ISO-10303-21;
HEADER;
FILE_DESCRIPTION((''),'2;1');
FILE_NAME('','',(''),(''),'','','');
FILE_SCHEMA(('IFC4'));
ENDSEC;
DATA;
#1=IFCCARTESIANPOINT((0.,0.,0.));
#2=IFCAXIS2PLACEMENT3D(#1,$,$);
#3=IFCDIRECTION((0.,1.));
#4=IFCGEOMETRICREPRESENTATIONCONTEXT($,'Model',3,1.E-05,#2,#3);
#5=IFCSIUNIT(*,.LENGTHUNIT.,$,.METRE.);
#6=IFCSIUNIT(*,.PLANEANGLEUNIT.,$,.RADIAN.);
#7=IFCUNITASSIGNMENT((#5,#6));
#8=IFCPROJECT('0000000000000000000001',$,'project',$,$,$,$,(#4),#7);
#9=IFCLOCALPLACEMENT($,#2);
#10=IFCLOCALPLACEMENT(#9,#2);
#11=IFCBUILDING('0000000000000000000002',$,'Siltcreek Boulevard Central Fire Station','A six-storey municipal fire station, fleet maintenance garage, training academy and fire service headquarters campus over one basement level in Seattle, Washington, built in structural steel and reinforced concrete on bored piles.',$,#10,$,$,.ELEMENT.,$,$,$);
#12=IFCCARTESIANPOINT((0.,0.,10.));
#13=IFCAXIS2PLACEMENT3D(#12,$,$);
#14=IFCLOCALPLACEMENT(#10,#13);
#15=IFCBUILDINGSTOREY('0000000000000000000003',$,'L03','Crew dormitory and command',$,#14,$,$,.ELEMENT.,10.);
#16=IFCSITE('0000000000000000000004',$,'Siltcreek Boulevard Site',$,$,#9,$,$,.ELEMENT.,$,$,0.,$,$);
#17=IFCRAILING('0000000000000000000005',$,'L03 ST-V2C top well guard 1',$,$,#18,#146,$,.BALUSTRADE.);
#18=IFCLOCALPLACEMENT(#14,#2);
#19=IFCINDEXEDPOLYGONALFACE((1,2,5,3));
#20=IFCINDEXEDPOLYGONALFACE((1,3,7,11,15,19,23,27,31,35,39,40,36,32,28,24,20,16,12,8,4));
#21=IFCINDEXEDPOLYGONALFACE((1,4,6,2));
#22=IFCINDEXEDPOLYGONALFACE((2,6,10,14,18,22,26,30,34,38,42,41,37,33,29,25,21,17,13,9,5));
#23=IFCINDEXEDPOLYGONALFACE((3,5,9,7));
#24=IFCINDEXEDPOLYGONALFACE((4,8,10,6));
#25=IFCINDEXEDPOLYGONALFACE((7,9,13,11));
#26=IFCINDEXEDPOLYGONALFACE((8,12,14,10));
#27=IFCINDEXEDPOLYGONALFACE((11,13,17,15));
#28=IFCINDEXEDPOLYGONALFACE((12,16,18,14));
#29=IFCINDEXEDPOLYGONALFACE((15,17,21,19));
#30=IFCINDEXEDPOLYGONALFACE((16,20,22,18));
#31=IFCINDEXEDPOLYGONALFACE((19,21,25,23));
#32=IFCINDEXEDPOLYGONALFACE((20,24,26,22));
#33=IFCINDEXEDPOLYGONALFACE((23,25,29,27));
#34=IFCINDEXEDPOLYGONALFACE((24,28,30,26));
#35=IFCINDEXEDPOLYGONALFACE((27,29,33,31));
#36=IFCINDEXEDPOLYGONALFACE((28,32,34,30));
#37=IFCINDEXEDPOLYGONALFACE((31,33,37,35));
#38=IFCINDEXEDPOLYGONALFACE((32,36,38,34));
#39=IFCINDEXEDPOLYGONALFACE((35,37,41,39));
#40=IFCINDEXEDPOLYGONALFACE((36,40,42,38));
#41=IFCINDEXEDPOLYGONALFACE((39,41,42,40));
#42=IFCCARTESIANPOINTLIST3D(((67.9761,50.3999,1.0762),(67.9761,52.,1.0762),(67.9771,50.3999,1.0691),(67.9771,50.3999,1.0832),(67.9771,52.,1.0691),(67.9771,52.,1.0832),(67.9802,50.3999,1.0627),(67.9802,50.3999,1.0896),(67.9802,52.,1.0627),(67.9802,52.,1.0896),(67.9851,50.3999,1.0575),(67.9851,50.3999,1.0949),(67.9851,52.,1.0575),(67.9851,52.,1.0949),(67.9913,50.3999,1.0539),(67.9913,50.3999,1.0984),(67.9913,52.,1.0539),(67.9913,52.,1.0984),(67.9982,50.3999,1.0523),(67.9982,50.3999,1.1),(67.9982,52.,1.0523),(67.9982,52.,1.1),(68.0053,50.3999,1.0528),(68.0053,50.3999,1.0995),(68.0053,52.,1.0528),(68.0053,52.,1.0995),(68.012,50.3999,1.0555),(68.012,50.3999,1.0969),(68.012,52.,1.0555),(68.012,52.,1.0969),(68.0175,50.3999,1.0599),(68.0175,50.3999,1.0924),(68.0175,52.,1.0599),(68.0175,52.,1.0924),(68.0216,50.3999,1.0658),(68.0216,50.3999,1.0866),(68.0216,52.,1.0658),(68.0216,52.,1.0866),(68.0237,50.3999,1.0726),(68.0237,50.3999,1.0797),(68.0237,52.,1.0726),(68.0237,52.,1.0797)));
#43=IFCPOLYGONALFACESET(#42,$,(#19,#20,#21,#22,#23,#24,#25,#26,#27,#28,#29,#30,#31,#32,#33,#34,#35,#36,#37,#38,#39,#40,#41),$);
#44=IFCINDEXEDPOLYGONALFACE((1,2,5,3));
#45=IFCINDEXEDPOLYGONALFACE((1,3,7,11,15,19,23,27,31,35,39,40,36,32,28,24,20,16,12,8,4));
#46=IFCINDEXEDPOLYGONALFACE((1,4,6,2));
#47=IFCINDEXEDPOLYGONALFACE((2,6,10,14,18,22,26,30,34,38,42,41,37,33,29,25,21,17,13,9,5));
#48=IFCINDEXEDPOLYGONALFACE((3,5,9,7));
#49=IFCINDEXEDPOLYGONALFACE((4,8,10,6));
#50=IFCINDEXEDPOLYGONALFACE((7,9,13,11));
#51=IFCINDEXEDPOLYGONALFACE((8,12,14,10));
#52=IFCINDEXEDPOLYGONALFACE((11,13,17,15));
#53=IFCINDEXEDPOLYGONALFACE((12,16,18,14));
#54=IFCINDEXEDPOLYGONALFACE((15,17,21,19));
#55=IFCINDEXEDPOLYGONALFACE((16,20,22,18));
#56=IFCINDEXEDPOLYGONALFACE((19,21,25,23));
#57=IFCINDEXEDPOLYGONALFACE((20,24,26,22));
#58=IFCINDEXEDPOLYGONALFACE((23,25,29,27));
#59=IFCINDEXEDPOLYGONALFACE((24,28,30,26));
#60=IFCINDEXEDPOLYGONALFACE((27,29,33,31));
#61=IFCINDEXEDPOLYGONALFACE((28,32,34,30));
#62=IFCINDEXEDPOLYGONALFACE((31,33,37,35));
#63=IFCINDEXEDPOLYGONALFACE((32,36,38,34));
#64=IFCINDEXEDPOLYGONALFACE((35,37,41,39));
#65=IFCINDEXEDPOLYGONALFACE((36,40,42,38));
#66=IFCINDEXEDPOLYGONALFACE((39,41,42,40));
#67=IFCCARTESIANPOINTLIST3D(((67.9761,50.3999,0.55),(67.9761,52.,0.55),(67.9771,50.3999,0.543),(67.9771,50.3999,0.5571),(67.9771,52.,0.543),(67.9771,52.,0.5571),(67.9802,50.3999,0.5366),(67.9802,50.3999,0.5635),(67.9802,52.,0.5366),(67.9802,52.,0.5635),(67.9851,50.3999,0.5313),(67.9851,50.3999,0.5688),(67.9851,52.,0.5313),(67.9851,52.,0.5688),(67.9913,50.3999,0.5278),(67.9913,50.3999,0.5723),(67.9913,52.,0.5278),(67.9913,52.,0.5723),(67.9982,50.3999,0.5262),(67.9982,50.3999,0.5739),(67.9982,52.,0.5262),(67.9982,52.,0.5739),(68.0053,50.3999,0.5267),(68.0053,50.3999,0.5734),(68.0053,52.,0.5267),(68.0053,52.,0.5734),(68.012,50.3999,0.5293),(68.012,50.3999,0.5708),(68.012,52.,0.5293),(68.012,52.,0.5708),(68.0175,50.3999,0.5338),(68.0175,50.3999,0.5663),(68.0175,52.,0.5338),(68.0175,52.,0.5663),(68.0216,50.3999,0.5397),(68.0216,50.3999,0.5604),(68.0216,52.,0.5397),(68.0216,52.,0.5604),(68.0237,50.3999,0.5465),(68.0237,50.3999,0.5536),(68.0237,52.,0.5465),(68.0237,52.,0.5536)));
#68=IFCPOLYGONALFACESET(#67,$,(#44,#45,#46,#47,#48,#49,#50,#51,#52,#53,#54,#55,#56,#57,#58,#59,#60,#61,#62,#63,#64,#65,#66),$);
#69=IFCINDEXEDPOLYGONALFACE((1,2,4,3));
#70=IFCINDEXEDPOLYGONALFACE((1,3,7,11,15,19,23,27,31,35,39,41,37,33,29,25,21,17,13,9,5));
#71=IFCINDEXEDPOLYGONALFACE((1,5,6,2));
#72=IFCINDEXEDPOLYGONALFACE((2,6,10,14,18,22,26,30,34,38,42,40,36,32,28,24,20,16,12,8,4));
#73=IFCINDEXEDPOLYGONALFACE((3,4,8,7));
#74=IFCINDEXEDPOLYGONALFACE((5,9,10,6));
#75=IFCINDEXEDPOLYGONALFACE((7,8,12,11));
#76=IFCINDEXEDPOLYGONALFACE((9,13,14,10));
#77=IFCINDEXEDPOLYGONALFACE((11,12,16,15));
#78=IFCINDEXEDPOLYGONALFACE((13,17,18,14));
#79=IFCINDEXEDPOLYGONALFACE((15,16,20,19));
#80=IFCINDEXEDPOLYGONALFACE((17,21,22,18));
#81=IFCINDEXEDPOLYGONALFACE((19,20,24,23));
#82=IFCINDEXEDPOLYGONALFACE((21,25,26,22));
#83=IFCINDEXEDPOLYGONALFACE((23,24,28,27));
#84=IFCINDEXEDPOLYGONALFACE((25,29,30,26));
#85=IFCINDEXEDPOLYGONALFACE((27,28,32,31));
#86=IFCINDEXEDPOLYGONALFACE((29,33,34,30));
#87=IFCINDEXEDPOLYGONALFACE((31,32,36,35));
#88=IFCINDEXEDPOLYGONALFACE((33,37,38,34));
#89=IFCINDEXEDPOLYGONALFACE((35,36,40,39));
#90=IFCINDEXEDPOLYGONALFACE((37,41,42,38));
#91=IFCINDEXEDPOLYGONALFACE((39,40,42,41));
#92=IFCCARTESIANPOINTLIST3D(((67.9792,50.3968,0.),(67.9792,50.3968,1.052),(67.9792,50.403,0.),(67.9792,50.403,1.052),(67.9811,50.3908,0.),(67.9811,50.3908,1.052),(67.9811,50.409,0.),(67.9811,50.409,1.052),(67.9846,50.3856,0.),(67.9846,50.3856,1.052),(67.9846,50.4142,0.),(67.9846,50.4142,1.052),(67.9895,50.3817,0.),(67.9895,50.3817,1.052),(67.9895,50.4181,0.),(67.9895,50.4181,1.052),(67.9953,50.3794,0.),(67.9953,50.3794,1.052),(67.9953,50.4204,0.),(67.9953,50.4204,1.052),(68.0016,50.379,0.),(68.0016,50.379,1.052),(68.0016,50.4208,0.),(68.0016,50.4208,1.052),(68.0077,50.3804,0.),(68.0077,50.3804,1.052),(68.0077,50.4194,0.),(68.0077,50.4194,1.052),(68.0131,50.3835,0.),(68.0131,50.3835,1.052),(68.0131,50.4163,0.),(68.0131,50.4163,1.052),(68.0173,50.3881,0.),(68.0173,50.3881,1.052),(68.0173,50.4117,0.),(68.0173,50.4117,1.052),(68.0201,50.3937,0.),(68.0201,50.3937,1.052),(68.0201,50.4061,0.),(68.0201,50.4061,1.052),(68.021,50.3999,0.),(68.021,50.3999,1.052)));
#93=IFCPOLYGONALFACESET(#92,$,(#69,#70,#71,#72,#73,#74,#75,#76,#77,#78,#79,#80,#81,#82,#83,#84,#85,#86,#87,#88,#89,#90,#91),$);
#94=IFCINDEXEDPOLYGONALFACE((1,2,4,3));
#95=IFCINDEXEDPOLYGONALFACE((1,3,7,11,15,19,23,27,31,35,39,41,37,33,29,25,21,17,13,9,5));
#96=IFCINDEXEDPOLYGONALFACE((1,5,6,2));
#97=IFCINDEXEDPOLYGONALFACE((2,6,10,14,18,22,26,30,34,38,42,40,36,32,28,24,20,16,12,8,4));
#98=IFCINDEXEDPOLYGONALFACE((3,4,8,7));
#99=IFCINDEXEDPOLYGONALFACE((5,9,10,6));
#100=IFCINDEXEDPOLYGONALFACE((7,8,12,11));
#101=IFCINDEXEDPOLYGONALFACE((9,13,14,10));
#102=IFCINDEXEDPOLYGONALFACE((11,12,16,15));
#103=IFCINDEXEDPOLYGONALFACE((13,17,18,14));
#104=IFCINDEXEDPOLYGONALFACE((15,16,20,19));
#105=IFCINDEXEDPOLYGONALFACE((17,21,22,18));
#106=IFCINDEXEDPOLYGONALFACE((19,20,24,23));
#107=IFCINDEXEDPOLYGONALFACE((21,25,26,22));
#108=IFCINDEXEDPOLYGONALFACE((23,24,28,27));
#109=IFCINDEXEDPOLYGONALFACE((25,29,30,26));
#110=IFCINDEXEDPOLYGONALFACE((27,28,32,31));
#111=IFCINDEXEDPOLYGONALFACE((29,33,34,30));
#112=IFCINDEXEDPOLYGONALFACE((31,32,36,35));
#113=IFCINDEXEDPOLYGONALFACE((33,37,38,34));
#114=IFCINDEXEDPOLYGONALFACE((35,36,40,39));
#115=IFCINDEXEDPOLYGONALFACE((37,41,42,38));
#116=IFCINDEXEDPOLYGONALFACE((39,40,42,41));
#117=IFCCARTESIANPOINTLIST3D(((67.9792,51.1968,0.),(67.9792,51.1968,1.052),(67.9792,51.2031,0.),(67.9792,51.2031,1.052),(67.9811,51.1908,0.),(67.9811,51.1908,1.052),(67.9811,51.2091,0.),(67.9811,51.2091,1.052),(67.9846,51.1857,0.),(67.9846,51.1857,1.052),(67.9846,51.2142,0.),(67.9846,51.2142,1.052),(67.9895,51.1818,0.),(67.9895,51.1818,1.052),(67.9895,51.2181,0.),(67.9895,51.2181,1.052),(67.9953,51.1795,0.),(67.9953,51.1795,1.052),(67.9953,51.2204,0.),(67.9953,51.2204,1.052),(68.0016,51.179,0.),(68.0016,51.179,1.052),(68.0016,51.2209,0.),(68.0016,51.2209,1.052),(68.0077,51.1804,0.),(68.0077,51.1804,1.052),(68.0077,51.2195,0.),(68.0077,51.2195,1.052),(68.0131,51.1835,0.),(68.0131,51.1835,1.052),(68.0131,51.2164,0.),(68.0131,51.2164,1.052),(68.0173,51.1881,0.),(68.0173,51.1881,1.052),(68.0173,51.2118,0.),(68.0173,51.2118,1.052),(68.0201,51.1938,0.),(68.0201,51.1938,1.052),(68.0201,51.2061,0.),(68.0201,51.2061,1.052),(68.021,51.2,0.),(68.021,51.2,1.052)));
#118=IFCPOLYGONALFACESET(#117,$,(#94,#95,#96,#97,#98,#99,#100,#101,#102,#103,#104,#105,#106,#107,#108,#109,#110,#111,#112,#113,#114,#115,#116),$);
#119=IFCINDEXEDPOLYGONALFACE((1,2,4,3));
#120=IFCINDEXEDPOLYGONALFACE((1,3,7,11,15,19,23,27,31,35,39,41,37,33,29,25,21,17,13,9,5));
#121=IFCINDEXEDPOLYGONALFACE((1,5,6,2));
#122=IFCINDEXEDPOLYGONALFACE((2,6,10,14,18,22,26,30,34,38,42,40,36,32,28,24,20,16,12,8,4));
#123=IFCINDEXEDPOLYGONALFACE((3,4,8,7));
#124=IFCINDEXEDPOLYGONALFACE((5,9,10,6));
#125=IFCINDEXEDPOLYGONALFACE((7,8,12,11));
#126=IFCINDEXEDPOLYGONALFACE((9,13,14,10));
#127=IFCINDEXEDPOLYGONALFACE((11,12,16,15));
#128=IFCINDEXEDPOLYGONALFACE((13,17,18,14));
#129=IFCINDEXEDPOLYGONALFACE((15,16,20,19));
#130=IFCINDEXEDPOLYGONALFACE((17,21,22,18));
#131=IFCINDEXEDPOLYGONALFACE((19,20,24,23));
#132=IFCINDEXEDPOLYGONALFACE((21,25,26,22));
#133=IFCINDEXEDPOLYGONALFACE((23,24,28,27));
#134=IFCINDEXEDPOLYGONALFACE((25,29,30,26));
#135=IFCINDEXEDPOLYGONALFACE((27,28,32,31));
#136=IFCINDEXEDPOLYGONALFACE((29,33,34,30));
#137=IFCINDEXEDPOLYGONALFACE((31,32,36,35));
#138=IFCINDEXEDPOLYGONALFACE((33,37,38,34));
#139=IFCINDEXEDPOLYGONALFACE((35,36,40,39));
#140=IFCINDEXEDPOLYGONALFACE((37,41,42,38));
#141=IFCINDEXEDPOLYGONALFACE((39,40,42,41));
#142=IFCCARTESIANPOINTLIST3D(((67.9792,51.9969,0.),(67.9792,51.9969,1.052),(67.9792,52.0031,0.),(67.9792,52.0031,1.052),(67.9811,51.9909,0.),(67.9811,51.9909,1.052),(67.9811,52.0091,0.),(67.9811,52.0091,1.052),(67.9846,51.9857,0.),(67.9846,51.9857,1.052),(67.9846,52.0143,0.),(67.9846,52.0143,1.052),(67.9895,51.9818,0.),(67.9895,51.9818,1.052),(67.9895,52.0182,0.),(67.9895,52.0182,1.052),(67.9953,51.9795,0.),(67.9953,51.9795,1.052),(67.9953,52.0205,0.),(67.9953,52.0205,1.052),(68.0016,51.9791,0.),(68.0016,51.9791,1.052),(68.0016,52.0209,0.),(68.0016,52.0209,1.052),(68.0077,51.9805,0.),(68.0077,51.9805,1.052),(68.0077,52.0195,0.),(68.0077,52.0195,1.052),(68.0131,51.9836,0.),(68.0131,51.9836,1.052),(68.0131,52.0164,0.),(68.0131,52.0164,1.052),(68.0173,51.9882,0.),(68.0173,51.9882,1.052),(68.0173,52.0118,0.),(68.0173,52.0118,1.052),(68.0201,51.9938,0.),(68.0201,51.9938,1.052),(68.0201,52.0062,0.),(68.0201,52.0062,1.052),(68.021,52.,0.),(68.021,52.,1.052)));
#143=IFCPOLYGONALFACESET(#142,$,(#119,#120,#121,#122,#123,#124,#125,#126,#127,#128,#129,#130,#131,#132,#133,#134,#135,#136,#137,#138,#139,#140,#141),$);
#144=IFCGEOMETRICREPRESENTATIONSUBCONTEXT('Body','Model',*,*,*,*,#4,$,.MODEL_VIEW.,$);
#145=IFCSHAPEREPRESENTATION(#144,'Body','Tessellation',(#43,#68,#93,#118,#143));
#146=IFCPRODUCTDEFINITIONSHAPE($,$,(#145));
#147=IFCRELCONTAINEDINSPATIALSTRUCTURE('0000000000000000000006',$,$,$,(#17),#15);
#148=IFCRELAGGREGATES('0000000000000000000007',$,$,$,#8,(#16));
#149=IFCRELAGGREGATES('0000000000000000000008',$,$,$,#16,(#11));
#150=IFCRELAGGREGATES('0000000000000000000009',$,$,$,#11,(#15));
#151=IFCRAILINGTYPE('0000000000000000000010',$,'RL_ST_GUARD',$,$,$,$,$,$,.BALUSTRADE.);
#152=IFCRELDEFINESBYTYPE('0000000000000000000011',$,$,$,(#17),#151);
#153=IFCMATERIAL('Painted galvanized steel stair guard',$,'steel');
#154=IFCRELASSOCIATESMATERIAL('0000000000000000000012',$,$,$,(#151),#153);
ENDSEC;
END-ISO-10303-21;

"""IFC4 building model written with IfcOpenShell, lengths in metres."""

from ifc_helpers import new_model, si_unit, direction, frame, origin, origin_2d, place, context, subcontext, project, spatial, circle, extrude, material, type_object, element, save


model = new_model("IFC4")

# Units and contexts
model_context = context("Model", 3, precision=1e-05, world=origin(), true_north=direction((0.0, 1.0)))
body_context = subcontext(model_context, "Body", "Model", "MODEL_VIEW")
ifc_project = project(units=[si_unit("LENGTHUNIT", "METRE"), si_unit("PLANEANGLEUNIT", "RADIAN")], contexts=[model_context])

# Site, building, storey
site_placement = place(None, origin())
site = spatial("IfcSite", under=ifc_project, at=site_placement, Name="Siltcreek Boulevard Site", CompositionType="ELEMENT", RefElevation=0.0)
building_placement = place(site_placement, origin())
building = spatial("IfcBuilding", under=site, at=building_placement, Name="Siltcreek Boulevard Central Fire Station", Description="A six-storey municipal fire station, fleet maintenance garage, training academy and fire service headquarters campus over one basement level in Seattle, Washington, built in structural steel and reinforced concrete on bored piles.", CompositionType="ELEMENT")
storey_placement = place(building_placement, frame((0.0, 0.0, 10.0)))
storey = spatial("IfcBuildingStorey", under=building, at=storey_placement, Name="L03", Description="Crew dormitory and command", CompositionType="ELEMENT", Elevation=10.0)

# Railing
ifc_material_1 = material(Name="Painted galvanized steel stair guard", Category="steel")
railing_type = type_object("IfcRailingType", Name="RL_ST_GUARD", PredefinedType="BALUSTRADE", material=ifc_material_1)
railing_placement = place(storey_placement, frame((68.0, 50.3999, 0.0)))
element("IfcRailing", 1, at=railing_placement, inside=storey, type_object=railing_type, Name="L03 ST-V2C top well guard 1", PredefinedType="BALUSTRADE", context=body_context, shape_type="SweptSolid", body=[
    extrude(circle(Radius=0.0239, at=origin_2d()), frame((0.0, 0.0, 1.0762), z_axis=(0.0, 1.0, 0.0), x_axis=(-1.0, 0.0, 0.0)), (0.0, 0.0, 1.0), 1.6001),
    extrude(circle(Radius=0.0239, at=origin_2d()), frame((0.0, 0.0, 0.55), z_axis=(0.0, 1.0, 0.0), x_axis=(-1.0, 0.0, 0.0)), (0.0, 0.0, 1.0), 1.6001),
    extrude(circle(Radius=0.021, at=origin_2d()), origin(), (0.0, 0.0, 1.0), 1.052),
    extrude(circle(Radius=0.021, at=origin_2d()), frame((0.0, 0.8, 0.0)), (0.0, 0.0, 1.0), 1.052),
    extrude(circle(Radius=0.021, at=origin_2d()), frame((0.0, 1.6001, 0.0)), (0.0, 0.0, 1.0), 1.052),
])

save(model, "model.ifc")
